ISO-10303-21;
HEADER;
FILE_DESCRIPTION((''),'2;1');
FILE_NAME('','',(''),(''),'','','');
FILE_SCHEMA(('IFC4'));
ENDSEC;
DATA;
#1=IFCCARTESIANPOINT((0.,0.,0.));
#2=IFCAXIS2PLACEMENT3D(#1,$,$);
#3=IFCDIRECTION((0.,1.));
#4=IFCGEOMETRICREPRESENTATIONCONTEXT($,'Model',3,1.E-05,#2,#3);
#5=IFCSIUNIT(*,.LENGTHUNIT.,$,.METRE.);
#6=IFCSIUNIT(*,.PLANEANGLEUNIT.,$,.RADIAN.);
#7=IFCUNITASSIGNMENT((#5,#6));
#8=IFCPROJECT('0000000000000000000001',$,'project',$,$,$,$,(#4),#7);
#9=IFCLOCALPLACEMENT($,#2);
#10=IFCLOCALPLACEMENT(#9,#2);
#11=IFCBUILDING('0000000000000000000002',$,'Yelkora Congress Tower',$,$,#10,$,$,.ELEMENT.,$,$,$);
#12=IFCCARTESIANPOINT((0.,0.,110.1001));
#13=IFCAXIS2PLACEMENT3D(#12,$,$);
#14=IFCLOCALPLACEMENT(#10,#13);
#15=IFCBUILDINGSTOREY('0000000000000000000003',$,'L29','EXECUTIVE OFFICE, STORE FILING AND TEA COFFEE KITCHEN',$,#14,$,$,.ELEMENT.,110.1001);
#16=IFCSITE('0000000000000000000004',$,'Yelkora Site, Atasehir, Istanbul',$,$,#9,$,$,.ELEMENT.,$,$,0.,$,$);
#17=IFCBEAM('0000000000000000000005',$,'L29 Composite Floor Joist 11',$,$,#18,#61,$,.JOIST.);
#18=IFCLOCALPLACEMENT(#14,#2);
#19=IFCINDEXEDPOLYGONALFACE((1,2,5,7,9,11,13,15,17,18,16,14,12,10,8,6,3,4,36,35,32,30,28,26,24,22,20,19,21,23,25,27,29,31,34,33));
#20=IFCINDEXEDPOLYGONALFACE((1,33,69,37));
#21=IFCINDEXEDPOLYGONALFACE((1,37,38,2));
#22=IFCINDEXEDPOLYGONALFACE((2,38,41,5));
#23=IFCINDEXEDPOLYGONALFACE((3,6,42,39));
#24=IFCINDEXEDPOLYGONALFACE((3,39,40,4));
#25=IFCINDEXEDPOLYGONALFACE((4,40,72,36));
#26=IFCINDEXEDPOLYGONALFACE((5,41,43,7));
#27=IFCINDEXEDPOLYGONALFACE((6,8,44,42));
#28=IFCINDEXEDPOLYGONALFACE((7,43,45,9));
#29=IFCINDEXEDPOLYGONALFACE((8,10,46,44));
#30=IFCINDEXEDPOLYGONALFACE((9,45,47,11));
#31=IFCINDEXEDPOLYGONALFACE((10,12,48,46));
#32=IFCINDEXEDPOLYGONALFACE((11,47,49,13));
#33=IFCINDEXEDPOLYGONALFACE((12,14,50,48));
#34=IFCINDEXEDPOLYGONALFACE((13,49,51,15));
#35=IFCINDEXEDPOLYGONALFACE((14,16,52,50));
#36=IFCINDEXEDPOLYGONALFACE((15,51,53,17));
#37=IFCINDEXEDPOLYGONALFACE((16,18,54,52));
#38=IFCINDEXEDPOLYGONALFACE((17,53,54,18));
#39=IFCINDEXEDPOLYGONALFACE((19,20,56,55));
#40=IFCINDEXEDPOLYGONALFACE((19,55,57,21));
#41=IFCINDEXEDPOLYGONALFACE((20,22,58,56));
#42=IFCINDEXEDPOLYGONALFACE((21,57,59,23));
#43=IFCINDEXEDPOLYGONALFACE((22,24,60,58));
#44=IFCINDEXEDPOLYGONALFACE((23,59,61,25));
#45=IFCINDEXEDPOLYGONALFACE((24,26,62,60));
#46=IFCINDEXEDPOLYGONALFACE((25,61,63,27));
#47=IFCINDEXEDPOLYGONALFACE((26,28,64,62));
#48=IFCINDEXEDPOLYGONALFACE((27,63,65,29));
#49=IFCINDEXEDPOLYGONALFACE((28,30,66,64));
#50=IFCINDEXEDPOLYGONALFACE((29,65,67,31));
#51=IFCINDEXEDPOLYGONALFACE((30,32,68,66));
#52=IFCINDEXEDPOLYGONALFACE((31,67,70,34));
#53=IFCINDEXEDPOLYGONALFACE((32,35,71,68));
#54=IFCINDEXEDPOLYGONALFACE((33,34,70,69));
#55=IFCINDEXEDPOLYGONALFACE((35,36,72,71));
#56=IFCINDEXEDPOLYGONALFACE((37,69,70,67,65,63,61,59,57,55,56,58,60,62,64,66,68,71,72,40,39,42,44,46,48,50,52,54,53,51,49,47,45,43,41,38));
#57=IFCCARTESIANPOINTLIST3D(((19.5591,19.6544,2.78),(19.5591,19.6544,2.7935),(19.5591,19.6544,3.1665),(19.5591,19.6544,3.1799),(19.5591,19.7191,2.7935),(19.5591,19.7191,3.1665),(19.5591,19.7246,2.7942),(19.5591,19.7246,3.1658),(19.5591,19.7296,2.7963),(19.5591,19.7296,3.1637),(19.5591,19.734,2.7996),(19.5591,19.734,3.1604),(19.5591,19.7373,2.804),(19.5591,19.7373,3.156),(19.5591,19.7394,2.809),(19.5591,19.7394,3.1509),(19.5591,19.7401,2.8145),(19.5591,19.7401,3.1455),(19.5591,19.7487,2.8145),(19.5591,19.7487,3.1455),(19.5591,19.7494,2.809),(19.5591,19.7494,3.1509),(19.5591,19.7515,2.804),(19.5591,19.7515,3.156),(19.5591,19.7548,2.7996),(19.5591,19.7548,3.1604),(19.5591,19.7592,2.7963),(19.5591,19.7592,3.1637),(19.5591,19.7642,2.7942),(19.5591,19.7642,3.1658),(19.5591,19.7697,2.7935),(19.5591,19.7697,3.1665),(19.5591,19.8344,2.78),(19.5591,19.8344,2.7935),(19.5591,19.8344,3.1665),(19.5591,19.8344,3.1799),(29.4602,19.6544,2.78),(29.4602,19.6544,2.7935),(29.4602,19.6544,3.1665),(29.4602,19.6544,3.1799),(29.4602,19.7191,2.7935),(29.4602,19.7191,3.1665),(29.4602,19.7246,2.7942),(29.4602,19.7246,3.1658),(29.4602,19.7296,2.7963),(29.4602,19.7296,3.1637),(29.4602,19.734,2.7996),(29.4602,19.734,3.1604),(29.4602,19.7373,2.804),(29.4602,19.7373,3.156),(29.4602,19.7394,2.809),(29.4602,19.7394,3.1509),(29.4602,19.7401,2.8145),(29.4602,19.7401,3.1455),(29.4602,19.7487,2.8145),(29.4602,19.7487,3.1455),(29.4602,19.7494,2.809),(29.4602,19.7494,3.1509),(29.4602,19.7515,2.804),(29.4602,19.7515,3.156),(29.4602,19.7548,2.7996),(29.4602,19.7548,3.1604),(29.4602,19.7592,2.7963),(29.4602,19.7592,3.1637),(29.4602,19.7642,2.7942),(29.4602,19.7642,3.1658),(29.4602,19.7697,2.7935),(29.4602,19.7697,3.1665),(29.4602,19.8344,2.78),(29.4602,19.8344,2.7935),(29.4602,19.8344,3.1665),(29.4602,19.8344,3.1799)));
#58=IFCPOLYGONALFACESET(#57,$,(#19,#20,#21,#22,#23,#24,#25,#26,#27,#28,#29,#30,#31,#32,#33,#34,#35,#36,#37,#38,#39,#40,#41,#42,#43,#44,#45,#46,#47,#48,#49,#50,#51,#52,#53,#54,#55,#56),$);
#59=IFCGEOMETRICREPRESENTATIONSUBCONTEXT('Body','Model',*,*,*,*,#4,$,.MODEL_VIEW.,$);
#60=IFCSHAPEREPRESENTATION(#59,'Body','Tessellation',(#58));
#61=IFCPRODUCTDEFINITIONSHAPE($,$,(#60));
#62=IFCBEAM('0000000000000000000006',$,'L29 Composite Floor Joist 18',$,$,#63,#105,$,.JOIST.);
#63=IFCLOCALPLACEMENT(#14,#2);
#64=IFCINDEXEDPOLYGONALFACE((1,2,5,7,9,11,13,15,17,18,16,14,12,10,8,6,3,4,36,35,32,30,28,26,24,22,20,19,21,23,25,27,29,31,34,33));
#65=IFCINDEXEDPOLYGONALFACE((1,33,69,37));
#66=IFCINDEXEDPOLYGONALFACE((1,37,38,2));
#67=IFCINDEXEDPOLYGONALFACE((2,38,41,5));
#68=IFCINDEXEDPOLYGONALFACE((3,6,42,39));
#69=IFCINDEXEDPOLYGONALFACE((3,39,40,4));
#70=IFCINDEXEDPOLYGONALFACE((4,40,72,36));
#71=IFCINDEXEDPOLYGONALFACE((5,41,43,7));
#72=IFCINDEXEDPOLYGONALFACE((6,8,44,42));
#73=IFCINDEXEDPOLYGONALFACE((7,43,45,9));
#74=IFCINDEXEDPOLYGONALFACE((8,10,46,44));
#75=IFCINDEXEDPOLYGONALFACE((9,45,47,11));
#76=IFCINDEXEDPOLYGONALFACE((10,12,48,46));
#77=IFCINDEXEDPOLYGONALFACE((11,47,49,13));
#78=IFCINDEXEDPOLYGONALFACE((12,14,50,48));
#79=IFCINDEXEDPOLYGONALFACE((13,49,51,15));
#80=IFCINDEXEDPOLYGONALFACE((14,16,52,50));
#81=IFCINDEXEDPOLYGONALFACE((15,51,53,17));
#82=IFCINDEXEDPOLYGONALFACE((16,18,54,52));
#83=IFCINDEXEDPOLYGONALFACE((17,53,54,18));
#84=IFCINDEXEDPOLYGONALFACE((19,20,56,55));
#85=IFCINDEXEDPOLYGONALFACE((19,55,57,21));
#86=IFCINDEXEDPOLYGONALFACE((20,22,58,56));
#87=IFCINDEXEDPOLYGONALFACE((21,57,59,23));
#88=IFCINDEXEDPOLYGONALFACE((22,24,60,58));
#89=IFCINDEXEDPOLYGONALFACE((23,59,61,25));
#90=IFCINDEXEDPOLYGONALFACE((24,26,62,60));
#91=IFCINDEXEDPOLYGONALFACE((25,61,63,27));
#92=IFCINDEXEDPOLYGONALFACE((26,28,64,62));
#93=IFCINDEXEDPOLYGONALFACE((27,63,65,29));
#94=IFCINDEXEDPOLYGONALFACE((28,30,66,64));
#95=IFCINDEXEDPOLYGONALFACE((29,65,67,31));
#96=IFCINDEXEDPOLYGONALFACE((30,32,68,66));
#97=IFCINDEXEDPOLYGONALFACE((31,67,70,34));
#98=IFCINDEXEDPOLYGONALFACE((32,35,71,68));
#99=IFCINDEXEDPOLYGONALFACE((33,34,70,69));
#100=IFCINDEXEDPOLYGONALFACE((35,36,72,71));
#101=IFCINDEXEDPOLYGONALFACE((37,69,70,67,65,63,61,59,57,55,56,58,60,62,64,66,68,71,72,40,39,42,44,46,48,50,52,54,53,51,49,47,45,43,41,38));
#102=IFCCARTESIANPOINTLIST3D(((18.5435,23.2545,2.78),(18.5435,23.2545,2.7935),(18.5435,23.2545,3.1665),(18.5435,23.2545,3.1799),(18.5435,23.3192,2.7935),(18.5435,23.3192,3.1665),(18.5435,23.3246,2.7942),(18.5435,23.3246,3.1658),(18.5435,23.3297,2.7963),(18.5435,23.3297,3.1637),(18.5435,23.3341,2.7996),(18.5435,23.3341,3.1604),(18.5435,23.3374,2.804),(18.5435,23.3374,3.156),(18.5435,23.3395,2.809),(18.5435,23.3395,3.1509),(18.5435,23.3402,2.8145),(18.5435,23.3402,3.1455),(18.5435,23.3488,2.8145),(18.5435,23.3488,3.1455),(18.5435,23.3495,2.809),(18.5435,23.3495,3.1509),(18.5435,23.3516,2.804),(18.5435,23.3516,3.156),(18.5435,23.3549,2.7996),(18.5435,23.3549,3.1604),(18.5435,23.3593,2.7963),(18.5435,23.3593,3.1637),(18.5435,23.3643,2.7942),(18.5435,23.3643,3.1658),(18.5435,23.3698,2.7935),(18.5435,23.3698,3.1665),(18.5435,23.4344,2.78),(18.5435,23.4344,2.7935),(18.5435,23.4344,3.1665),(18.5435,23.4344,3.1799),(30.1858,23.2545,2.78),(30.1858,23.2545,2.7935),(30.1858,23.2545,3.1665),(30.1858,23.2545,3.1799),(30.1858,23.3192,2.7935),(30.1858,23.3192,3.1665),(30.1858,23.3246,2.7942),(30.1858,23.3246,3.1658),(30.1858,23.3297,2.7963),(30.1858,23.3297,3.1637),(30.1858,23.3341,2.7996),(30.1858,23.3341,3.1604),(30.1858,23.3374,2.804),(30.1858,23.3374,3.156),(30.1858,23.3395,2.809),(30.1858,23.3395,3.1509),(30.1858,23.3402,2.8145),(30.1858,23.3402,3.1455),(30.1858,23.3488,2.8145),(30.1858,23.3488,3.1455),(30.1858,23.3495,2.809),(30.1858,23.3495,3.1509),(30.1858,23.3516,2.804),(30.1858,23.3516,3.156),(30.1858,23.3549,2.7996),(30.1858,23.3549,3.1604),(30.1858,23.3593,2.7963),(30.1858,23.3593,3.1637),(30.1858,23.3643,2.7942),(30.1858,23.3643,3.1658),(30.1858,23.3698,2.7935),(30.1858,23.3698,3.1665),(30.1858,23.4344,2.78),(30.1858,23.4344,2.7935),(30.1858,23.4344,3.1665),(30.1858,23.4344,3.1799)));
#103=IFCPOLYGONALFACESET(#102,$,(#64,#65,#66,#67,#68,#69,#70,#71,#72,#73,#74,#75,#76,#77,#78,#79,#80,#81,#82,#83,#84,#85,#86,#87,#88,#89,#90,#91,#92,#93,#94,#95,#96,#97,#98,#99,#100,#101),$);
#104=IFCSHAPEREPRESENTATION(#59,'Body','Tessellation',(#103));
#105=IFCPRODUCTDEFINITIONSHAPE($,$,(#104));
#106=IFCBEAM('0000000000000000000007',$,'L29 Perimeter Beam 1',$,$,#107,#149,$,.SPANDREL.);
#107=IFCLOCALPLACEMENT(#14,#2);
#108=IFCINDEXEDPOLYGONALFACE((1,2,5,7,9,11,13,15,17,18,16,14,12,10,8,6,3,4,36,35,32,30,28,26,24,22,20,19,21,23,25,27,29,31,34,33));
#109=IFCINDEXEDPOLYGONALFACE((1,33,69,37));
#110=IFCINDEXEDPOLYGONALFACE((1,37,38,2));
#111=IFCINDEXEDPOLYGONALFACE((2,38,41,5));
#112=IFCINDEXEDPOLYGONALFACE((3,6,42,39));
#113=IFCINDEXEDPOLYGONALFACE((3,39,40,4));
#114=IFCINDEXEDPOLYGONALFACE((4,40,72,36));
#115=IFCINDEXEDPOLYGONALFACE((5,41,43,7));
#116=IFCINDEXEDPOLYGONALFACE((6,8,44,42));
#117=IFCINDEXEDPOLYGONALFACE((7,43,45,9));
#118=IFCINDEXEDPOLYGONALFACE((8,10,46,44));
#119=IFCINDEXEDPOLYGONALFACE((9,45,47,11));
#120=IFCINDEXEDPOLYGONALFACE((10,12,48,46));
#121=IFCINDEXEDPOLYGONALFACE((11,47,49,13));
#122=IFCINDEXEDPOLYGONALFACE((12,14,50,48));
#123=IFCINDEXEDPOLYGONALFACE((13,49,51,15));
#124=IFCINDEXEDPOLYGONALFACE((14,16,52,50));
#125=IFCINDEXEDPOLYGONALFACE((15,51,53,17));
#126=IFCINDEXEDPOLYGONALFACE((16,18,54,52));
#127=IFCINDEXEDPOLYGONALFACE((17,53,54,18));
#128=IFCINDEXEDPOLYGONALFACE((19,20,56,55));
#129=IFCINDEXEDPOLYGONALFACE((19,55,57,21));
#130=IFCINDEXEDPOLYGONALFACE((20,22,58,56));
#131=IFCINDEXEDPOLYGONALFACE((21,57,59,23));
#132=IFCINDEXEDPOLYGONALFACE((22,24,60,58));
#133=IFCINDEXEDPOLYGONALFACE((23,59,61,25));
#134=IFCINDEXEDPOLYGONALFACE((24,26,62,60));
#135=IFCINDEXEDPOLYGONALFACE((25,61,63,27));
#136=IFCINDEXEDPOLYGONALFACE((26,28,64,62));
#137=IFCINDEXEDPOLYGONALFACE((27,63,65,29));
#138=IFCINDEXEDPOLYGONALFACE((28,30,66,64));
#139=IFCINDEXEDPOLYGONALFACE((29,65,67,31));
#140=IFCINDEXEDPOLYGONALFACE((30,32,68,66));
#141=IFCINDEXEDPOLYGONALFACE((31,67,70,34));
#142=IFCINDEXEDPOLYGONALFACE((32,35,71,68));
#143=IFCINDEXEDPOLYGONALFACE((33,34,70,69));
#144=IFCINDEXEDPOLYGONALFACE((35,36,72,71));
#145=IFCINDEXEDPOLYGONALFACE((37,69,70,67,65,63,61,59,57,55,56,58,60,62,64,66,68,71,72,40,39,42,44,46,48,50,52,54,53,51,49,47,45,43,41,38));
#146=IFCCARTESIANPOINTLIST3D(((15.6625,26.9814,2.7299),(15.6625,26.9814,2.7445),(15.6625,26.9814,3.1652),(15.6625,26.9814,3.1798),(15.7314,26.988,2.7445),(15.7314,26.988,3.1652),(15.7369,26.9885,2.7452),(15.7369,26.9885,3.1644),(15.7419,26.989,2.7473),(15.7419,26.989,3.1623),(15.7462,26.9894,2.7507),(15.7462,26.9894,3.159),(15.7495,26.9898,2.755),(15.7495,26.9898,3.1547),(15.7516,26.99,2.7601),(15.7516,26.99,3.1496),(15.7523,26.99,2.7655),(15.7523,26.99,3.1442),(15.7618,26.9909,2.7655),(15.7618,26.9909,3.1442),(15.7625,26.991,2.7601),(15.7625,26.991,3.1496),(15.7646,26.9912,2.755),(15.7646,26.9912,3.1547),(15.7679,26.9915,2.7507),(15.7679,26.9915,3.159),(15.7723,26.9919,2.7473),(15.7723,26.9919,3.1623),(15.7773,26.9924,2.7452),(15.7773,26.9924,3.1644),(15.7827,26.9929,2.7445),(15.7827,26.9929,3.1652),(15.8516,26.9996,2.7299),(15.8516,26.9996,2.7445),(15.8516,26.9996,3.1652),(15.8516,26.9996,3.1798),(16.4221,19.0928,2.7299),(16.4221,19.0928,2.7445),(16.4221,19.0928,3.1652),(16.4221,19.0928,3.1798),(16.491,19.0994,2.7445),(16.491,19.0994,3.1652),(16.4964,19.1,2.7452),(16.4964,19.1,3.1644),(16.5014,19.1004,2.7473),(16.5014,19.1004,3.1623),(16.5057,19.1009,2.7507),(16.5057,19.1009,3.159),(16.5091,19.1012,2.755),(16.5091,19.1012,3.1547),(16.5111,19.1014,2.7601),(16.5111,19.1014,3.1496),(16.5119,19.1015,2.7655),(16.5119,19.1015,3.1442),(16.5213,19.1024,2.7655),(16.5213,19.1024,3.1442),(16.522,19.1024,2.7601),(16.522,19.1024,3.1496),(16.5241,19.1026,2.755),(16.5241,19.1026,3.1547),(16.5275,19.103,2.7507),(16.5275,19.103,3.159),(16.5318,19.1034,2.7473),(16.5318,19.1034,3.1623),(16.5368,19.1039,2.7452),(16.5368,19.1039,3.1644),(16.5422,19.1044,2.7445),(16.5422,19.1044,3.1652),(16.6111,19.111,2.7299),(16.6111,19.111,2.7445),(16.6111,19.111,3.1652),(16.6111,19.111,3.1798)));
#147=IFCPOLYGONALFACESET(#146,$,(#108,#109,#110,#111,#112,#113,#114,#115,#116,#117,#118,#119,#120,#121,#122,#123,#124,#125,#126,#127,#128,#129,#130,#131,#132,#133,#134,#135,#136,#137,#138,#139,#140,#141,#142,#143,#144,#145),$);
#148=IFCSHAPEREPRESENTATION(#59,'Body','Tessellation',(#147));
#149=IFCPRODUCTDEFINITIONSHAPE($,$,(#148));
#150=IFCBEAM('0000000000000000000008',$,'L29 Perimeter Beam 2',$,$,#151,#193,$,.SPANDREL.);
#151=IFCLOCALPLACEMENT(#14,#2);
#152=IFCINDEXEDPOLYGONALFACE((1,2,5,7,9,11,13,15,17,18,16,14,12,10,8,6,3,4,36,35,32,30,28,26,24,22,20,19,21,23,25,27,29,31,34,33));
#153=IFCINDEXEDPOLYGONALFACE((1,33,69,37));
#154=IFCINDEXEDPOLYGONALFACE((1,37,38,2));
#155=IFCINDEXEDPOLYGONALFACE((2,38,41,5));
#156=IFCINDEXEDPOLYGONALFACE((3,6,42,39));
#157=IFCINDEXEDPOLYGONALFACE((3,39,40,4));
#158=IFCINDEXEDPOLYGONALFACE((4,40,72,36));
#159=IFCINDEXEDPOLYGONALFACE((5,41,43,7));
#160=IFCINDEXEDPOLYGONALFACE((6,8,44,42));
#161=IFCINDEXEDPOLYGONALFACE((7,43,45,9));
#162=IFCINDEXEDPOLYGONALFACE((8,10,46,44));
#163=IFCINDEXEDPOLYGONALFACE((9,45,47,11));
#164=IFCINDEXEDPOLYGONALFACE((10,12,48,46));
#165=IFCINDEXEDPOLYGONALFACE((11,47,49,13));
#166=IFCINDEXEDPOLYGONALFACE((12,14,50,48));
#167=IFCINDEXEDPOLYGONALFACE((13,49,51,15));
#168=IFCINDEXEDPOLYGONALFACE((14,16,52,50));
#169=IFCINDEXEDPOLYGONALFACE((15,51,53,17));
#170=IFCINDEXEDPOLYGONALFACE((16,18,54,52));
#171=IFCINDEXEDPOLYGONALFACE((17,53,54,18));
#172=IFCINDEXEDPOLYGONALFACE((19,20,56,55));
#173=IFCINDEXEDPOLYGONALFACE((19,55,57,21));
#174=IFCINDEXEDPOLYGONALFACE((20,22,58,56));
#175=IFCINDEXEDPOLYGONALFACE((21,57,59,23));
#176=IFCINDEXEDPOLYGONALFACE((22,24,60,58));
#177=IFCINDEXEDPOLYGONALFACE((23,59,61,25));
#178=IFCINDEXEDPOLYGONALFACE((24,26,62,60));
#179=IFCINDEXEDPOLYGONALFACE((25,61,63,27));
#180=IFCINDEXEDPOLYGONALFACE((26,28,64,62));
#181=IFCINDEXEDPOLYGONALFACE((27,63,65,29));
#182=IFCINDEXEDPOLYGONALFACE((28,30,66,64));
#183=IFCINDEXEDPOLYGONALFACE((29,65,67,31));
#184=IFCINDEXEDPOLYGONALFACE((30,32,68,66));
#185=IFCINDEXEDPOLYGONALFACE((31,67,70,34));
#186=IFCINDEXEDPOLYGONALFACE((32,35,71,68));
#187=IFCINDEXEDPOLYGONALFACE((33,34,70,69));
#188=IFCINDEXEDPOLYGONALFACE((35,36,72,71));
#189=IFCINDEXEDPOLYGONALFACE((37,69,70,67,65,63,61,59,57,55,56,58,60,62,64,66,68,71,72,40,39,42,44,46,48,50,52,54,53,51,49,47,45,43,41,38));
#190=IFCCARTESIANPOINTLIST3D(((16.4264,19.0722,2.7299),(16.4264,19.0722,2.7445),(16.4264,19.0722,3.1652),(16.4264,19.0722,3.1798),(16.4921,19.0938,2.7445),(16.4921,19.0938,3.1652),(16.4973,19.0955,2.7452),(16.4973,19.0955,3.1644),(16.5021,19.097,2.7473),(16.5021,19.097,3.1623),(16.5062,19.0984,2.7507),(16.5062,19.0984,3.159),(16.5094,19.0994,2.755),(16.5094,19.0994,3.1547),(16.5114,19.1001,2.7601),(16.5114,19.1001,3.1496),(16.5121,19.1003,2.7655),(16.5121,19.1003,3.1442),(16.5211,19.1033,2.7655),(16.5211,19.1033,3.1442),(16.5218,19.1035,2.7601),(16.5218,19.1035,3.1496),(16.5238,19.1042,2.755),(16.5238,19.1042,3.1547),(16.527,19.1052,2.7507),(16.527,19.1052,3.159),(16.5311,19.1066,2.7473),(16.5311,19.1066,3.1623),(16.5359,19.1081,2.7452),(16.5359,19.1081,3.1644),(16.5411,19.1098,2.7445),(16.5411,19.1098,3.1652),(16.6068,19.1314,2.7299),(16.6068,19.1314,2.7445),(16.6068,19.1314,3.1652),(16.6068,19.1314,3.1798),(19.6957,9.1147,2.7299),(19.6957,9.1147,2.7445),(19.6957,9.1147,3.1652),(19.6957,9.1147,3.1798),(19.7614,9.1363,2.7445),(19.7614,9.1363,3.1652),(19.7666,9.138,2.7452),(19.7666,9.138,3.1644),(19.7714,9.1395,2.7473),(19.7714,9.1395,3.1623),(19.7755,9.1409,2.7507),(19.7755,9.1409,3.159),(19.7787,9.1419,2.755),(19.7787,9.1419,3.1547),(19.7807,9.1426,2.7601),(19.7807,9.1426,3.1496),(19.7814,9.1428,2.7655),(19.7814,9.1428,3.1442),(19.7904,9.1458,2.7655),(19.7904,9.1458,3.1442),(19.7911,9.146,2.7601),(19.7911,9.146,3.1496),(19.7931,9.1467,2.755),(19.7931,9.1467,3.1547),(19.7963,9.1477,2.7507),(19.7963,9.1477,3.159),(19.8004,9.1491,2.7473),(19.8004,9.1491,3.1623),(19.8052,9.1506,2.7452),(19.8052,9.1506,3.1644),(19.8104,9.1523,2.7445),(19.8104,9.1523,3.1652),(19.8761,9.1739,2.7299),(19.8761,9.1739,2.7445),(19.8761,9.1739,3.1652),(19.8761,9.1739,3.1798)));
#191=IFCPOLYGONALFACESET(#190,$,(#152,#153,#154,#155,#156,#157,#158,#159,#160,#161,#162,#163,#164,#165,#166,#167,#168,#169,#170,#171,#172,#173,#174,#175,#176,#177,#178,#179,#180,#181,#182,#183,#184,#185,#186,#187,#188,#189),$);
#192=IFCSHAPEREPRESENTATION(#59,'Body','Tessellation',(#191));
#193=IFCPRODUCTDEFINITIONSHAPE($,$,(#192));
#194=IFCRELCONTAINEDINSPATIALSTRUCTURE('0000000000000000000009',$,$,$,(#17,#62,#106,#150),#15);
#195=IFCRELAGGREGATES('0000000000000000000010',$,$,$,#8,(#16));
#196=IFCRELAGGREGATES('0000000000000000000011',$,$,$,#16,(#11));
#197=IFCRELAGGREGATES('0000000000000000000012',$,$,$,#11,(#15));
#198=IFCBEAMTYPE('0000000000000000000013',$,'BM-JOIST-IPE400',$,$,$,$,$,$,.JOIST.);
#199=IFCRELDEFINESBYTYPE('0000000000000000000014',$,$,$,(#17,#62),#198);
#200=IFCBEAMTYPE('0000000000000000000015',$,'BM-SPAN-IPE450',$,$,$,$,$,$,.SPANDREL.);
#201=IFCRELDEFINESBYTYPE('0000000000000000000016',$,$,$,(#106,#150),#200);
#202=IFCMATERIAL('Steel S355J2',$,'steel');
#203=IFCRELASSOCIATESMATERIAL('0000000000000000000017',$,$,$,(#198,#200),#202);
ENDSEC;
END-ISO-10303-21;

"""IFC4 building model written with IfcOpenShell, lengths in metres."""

from ifc_helpers import new_model, si_unit, direction, frame, origin, origin_2d, place, context, subcontext, project, spatial, i_section, extrude, material, material_profile, profile_set, type_object, element, save


model = new_model("IFC4")

# Units and contexts
model_context = context("Model", 3, precision=1e-05, world=origin(), true_north=direction((0.0, 1.0)))
body_context = subcontext(model_context, "Body", "Model", "MODEL_VIEW")
ifc_project = project(units=[si_unit("LENGTHUNIT", "METRE"), si_unit("PLANEANGLEUNIT", "RADIAN")], contexts=[model_context])

# Site, building, storey
site_placement = place(None, origin())
site = spatial("IfcSite", under=ifc_project, at=site_placement, Name="Yelkora Site, Atasehir, Istanbul", CompositionType="ELEMENT", RefElevation=0.0)
building_placement = place(site_placement, origin())
building = spatial("IfcBuilding", under=site, at=building_placement, Name="Yelkora Congress Tower", CompositionType="ELEMENT")
storey_placement = place(building_placement, frame((0.0, 0.0, 110.1001)))
storey = spatial("IfcBuildingStorey", under=building, at=storey_placement, Name="L29", Description="EXECUTIVE OFFICE, STORE FILING AND TEA COFFEE KITCHEN", CompositionType="ELEMENT", Elevation=110.1001)

# Beams
ifc_material_1 = material(Name="Steel S355J2", Category="steel")
ifc_material_profile_1 = material_profile(ifc_material_1, i_section(OverallWidth=0.1799, OverallDepth=0.3999, WebThickness=0.0085, FlangeThickness=0.0134, FilletRadius=0.021, at=origin_2d()), Name="IPE 400")
ifc_profile_set_1 = profile_set([ifc_material_profile_1], Name="Steel S355J2")
beam_type_1 = type_object("IfcBeamType", Name="BM-JOIST-IPE400", PredefinedType="JOIST", material=ifc_profile_set_1)
beam_1_placement = place(storey_placement, frame((19.5591, 19.7444, 2.98), z_axis=(1.0, 0.0, 0.0), x_axis=(0.0, 1.0, 0.0)))
element("IfcBeam", 1, at=beam_1_placement, inside=storey, type_object=beam_type_1, Name="L29 Composite Floor Joist 11", PredefinedType="JOIST", context=body_context, shape_type="SweptSolid", body=[
    extrude(i_section(OverallWidth=0.1799, OverallDepth=0.3999, WebThickness=0.0085, FlangeThickness=0.0134, FilletRadius=0.021, at=origin_2d()), origin(), (0.0, 0.0, 1.0), 9.9011),
])
beam_2_placement = place(storey_placement, frame((18.5435, 23.3445, 2.98), z_axis=(1.0, 0.0, 0.0), x_axis=(0.0, 1.0, 0.0)))
element("IfcBeam", 2, at=beam_2_placement, inside=storey, type_object=beam_type_1, Name="L29 Composite Floor Joist 18", PredefinedType="JOIST", context=body_context, shape_type="SweptSolid", body=[
    extrude(i_section(OverallWidth=0.1799, OverallDepth=0.3999, WebThickness=0.0085, FlangeThickness=0.0134, FilletRadius=0.021, at=origin_2d()), origin(), (0.0, 0.0, 1.0), 11.6423),
])
ifc_material_profile_2 = material_profile(ifc_material_1, i_section(OverallWidth=0.1899, OverallDepth=0.45, WebThickness=0.0095, FlangeThickness=0.0146, FilletRadius=0.021, at=origin_2d()), Name="IPE 450")
ifc_profile_set_2 = profile_set([ifc_material_profile_2], Name="Steel S355J2")
beam_type_2 = type_object("IfcBeamType", Name="BM-SPAN-IPE450", PredefinedType="SPANDREL", material=ifc_profile_set_2)
beam_3_placement = place(storey_placement, frame((15.7571, 26.9905, 2.9548), z_axis=(0.095837, -0.995397, 0.0), x_axis=(0.995397, 0.095837, 0.0)))
element("IfcBeam", 3, at=beam_3_placement, inside=storey, type_object=beam_type_2, Name="L29 Perimeter Beam 1", PredefinedType="SPANDREL", context=body_context, shape_type="SweptSolid", body=[
    extrude(i_section(OverallWidth=0.1899, OverallDepth=0.45, WebThickness=0.0095, FlangeThickness=0.0146, FilletRadius=0.021, at=origin_2d()), origin(), (0.0, 0.0, 1.0), 7.925),
])
beam_4_placement = place(storey_placement, frame((16.5166, 19.1018, 2.9548), z_axis=(0.311941, -0.950102, 0.0), x_axis=(0.950102, 0.311941, 0.0)))
element("IfcBeam", 4, at=beam_4_placement, inside=storey, type_object=beam_type_2, Name="L29 Perimeter Beam 2", PredefinedType="SPANDREL", context=body_context, shape_type="SweptSolid", body=[
    extrude(i_section(OverallWidth=0.1899, OverallDepth=0.45, WebThickness=0.0095, FlangeThickness=0.0146, FilletRadius=0.021, at=origin_2d()), origin(), (0.0, 0.0, 1.0), 10.4805),
])

save(model, "model.ifc")
